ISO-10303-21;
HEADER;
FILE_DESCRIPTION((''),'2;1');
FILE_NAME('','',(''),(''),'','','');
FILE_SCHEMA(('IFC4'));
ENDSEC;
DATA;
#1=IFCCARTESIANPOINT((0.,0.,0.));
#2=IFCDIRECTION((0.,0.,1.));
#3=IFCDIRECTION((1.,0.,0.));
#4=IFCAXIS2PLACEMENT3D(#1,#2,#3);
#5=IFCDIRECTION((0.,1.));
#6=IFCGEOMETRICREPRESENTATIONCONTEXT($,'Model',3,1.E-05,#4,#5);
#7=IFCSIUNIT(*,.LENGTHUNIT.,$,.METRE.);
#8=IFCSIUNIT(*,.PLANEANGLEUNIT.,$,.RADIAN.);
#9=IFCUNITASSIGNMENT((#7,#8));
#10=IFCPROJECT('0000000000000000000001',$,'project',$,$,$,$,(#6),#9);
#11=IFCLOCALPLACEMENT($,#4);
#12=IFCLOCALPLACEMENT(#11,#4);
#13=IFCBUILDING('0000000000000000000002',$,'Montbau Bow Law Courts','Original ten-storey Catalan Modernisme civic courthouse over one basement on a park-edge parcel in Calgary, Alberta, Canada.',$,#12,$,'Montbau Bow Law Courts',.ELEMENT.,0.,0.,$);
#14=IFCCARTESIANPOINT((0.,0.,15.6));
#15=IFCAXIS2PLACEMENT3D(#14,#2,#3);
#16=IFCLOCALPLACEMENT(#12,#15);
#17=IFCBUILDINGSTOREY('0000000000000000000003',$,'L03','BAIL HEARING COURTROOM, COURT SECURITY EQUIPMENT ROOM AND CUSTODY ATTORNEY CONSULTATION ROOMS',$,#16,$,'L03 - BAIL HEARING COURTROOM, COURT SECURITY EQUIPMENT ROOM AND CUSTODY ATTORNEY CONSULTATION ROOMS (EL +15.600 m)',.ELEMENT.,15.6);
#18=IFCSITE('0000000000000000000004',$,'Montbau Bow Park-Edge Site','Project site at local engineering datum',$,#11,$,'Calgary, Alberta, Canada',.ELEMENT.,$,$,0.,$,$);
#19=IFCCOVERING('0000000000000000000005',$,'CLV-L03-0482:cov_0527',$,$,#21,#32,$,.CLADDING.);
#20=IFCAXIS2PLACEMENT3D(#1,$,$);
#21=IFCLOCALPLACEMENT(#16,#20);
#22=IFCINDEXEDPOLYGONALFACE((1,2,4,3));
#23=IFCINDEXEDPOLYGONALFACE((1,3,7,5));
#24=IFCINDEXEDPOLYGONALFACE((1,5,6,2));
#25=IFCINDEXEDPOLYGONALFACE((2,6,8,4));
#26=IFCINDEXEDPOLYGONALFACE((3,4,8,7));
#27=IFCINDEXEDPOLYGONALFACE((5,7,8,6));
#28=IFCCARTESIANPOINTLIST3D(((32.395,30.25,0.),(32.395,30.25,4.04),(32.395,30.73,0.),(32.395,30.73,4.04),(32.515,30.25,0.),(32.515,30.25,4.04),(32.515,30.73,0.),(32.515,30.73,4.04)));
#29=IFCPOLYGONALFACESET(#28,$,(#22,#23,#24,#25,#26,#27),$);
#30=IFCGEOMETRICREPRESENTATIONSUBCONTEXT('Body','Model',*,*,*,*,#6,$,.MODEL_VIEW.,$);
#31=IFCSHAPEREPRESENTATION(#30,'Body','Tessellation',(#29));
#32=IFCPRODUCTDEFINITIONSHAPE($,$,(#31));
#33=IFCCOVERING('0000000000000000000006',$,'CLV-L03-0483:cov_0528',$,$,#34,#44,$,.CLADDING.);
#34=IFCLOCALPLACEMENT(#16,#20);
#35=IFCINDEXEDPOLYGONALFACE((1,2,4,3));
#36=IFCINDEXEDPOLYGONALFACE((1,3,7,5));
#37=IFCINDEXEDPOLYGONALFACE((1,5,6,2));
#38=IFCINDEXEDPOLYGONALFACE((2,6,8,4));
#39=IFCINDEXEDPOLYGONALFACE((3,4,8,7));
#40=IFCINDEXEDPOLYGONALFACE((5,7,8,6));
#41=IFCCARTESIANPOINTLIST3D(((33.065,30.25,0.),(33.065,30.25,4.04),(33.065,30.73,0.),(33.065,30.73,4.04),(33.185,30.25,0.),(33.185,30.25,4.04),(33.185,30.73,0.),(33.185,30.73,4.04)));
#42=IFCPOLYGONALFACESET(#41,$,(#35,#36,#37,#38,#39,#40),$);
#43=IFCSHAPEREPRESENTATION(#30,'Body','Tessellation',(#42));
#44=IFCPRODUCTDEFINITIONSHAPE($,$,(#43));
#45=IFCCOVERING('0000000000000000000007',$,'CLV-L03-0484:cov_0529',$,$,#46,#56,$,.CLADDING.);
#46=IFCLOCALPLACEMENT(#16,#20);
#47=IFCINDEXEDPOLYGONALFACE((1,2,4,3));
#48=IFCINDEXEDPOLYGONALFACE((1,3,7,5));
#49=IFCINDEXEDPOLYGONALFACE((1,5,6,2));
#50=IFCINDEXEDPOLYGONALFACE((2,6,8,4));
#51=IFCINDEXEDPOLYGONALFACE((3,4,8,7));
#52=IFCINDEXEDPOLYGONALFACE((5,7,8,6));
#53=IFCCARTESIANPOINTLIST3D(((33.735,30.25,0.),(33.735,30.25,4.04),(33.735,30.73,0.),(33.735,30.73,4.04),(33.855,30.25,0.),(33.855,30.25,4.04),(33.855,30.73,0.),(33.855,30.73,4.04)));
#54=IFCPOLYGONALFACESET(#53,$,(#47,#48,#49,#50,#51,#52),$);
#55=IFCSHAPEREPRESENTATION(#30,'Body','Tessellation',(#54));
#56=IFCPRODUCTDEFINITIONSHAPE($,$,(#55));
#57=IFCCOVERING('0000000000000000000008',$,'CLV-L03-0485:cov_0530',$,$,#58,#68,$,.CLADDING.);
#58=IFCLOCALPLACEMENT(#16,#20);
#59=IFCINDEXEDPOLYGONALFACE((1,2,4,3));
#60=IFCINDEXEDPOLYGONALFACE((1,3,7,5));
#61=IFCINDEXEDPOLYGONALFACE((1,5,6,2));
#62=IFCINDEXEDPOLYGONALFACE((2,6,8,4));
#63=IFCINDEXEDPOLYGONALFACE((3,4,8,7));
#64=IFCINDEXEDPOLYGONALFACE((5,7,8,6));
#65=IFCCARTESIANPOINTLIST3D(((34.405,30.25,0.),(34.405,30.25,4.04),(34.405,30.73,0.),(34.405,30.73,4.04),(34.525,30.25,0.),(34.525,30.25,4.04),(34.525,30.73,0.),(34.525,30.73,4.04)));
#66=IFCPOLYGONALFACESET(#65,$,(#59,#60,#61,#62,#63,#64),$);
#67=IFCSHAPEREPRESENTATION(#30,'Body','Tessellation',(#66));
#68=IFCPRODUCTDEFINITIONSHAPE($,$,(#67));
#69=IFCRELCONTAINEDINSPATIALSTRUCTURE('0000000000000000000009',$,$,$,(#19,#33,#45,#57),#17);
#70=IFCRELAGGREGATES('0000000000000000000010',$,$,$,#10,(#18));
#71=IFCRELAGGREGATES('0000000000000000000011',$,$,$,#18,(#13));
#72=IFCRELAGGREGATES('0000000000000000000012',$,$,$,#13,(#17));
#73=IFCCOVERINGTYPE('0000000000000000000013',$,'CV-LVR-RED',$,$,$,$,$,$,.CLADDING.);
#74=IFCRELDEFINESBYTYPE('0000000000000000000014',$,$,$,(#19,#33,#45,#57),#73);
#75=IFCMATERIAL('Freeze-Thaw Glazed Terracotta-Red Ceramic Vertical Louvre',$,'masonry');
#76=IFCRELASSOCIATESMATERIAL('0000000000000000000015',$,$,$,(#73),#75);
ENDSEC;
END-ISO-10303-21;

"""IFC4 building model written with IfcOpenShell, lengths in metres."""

from ifc_helpers import new_model, si_unit, direction, frame, frame_2d, origin_with_axes, place, context, subcontext, project, spatial, rectangle, extrude, material, type_object, element, save


model = new_model("IFC4")

# Units and contexts
model_context = context("Model", 3, precision=1e-05, world=origin_with_axes(), true_north=direction((0.0, 1.0)))
body_context = subcontext(model_context, "Body", "Model", "MODEL_VIEW")
ifc_project = project(units=[si_unit("LENGTHUNIT", "METRE"), si_unit("PLANEANGLEUNIT", "RADIAN")], contexts=[model_context])

# Site, building, storey
site_placement = place(None, origin_with_axes())
site = spatial("IfcSite", under=ifc_project, at=site_placement, Name="Montbau Bow Park-Edge Site", Description="Project site at local engineering datum", LongName="Calgary, Alberta, Canada", CompositionType="ELEMENT", RefElevation=0.0)
building_placement = place(site_placement, origin_with_axes())
building = spatial("IfcBuilding", under=site, at=building_placement, Name="Montbau Bow Law Courts", Description="Original ten-storey Catalan Modernisme civic courthouse over one basement on a park-edge parcel in Calgary, Alberta, Canada.", LongName="Montbau Bow Law Courts", CompositionType="ELEMENT", ElevationOfRefHeight=0.0, ElevationOfTerrain=0.0)
storey_placement = place(building_placement, frame((0.0, 0.0, 15.6), z_axis=(0.0, 0.0, 1.0), x_axis=(1.0, 0.0, 0.0)))
storey = spatial("IfcBuildingStorey", under=building, at=storey_placement, Name="L03", Description="BAIL HEARING COURTROOM, COURT SECURITY EQUIPMENT ROOM AND CUSTODY ATTORNEY CONSULTATION ROOMS", LongName="L03 - BAIL HEARING COURTROOM, COURT SECURITY EQUIPMENT ROOM AND CUSTODY ATTORNEY CONSULTATION ROOMS (EL +15.600 m)", CompositionType="ELEMENT", Elevation=15.6)

# Coverings
ifc_material_1 = material(Name="Freeze-Thaw Glazed Terracotta-Red Ceramic Vertical Louvre", Category="masonry")
covering_type = type_object("IfcCoveringType", Name="CV-LVR-RED", PredefinedType="CLADDING", material=ifc_material_1)
for number, where, z_axis, x_axis, name in (
    (1, (32.455, 30.73, 15.6), (-1.0, 0.0, 0.0), (0.0, -1.0, 0.0), "CLV-L03-0482:cov_0527"),
    (2, (33.125, 30.73, 15.6), (-1.0, 0.0, 0.0), (0.0, -1.0, 0.0), "CLV-L03-0483:cov_0528"),
    (3, (33.795, 30.73, 15.6), (-1.0, 0.0, 0.0), (0.0, -1.0, 0.0), "CLV-L03-0484:cov_0529"),
    (4, (34.465, 30.73, 15.6), (-1.0, 0.0, 0.0), (0.0, -1.0, 0.0), "CLV-L03-0485:cov_0530"),
):
    element("IfcCovering", number, at=place(None, frame(where, z_axis=z_axis, x_axis=x_axis)), inside=storey, type_object=covering_type, Name=name, PredefinedType="CLADDING", context=body_context, shape_type="SweptSolid", body=[
        extrude(rectangle(XDim=0.48, YDim=4.04, at=frame_2d((0.24, 2.02), x_axis=(1.0, 0.0))), frame((0.0, 0.0, -0.06), z_axis=(0.0, 0.0, 1.0), x_axis=(1.0, 0.0, 0.0)), (0.0, 0.0, 1.0), 0.12),
    ])

save(model, "model.ifc")
